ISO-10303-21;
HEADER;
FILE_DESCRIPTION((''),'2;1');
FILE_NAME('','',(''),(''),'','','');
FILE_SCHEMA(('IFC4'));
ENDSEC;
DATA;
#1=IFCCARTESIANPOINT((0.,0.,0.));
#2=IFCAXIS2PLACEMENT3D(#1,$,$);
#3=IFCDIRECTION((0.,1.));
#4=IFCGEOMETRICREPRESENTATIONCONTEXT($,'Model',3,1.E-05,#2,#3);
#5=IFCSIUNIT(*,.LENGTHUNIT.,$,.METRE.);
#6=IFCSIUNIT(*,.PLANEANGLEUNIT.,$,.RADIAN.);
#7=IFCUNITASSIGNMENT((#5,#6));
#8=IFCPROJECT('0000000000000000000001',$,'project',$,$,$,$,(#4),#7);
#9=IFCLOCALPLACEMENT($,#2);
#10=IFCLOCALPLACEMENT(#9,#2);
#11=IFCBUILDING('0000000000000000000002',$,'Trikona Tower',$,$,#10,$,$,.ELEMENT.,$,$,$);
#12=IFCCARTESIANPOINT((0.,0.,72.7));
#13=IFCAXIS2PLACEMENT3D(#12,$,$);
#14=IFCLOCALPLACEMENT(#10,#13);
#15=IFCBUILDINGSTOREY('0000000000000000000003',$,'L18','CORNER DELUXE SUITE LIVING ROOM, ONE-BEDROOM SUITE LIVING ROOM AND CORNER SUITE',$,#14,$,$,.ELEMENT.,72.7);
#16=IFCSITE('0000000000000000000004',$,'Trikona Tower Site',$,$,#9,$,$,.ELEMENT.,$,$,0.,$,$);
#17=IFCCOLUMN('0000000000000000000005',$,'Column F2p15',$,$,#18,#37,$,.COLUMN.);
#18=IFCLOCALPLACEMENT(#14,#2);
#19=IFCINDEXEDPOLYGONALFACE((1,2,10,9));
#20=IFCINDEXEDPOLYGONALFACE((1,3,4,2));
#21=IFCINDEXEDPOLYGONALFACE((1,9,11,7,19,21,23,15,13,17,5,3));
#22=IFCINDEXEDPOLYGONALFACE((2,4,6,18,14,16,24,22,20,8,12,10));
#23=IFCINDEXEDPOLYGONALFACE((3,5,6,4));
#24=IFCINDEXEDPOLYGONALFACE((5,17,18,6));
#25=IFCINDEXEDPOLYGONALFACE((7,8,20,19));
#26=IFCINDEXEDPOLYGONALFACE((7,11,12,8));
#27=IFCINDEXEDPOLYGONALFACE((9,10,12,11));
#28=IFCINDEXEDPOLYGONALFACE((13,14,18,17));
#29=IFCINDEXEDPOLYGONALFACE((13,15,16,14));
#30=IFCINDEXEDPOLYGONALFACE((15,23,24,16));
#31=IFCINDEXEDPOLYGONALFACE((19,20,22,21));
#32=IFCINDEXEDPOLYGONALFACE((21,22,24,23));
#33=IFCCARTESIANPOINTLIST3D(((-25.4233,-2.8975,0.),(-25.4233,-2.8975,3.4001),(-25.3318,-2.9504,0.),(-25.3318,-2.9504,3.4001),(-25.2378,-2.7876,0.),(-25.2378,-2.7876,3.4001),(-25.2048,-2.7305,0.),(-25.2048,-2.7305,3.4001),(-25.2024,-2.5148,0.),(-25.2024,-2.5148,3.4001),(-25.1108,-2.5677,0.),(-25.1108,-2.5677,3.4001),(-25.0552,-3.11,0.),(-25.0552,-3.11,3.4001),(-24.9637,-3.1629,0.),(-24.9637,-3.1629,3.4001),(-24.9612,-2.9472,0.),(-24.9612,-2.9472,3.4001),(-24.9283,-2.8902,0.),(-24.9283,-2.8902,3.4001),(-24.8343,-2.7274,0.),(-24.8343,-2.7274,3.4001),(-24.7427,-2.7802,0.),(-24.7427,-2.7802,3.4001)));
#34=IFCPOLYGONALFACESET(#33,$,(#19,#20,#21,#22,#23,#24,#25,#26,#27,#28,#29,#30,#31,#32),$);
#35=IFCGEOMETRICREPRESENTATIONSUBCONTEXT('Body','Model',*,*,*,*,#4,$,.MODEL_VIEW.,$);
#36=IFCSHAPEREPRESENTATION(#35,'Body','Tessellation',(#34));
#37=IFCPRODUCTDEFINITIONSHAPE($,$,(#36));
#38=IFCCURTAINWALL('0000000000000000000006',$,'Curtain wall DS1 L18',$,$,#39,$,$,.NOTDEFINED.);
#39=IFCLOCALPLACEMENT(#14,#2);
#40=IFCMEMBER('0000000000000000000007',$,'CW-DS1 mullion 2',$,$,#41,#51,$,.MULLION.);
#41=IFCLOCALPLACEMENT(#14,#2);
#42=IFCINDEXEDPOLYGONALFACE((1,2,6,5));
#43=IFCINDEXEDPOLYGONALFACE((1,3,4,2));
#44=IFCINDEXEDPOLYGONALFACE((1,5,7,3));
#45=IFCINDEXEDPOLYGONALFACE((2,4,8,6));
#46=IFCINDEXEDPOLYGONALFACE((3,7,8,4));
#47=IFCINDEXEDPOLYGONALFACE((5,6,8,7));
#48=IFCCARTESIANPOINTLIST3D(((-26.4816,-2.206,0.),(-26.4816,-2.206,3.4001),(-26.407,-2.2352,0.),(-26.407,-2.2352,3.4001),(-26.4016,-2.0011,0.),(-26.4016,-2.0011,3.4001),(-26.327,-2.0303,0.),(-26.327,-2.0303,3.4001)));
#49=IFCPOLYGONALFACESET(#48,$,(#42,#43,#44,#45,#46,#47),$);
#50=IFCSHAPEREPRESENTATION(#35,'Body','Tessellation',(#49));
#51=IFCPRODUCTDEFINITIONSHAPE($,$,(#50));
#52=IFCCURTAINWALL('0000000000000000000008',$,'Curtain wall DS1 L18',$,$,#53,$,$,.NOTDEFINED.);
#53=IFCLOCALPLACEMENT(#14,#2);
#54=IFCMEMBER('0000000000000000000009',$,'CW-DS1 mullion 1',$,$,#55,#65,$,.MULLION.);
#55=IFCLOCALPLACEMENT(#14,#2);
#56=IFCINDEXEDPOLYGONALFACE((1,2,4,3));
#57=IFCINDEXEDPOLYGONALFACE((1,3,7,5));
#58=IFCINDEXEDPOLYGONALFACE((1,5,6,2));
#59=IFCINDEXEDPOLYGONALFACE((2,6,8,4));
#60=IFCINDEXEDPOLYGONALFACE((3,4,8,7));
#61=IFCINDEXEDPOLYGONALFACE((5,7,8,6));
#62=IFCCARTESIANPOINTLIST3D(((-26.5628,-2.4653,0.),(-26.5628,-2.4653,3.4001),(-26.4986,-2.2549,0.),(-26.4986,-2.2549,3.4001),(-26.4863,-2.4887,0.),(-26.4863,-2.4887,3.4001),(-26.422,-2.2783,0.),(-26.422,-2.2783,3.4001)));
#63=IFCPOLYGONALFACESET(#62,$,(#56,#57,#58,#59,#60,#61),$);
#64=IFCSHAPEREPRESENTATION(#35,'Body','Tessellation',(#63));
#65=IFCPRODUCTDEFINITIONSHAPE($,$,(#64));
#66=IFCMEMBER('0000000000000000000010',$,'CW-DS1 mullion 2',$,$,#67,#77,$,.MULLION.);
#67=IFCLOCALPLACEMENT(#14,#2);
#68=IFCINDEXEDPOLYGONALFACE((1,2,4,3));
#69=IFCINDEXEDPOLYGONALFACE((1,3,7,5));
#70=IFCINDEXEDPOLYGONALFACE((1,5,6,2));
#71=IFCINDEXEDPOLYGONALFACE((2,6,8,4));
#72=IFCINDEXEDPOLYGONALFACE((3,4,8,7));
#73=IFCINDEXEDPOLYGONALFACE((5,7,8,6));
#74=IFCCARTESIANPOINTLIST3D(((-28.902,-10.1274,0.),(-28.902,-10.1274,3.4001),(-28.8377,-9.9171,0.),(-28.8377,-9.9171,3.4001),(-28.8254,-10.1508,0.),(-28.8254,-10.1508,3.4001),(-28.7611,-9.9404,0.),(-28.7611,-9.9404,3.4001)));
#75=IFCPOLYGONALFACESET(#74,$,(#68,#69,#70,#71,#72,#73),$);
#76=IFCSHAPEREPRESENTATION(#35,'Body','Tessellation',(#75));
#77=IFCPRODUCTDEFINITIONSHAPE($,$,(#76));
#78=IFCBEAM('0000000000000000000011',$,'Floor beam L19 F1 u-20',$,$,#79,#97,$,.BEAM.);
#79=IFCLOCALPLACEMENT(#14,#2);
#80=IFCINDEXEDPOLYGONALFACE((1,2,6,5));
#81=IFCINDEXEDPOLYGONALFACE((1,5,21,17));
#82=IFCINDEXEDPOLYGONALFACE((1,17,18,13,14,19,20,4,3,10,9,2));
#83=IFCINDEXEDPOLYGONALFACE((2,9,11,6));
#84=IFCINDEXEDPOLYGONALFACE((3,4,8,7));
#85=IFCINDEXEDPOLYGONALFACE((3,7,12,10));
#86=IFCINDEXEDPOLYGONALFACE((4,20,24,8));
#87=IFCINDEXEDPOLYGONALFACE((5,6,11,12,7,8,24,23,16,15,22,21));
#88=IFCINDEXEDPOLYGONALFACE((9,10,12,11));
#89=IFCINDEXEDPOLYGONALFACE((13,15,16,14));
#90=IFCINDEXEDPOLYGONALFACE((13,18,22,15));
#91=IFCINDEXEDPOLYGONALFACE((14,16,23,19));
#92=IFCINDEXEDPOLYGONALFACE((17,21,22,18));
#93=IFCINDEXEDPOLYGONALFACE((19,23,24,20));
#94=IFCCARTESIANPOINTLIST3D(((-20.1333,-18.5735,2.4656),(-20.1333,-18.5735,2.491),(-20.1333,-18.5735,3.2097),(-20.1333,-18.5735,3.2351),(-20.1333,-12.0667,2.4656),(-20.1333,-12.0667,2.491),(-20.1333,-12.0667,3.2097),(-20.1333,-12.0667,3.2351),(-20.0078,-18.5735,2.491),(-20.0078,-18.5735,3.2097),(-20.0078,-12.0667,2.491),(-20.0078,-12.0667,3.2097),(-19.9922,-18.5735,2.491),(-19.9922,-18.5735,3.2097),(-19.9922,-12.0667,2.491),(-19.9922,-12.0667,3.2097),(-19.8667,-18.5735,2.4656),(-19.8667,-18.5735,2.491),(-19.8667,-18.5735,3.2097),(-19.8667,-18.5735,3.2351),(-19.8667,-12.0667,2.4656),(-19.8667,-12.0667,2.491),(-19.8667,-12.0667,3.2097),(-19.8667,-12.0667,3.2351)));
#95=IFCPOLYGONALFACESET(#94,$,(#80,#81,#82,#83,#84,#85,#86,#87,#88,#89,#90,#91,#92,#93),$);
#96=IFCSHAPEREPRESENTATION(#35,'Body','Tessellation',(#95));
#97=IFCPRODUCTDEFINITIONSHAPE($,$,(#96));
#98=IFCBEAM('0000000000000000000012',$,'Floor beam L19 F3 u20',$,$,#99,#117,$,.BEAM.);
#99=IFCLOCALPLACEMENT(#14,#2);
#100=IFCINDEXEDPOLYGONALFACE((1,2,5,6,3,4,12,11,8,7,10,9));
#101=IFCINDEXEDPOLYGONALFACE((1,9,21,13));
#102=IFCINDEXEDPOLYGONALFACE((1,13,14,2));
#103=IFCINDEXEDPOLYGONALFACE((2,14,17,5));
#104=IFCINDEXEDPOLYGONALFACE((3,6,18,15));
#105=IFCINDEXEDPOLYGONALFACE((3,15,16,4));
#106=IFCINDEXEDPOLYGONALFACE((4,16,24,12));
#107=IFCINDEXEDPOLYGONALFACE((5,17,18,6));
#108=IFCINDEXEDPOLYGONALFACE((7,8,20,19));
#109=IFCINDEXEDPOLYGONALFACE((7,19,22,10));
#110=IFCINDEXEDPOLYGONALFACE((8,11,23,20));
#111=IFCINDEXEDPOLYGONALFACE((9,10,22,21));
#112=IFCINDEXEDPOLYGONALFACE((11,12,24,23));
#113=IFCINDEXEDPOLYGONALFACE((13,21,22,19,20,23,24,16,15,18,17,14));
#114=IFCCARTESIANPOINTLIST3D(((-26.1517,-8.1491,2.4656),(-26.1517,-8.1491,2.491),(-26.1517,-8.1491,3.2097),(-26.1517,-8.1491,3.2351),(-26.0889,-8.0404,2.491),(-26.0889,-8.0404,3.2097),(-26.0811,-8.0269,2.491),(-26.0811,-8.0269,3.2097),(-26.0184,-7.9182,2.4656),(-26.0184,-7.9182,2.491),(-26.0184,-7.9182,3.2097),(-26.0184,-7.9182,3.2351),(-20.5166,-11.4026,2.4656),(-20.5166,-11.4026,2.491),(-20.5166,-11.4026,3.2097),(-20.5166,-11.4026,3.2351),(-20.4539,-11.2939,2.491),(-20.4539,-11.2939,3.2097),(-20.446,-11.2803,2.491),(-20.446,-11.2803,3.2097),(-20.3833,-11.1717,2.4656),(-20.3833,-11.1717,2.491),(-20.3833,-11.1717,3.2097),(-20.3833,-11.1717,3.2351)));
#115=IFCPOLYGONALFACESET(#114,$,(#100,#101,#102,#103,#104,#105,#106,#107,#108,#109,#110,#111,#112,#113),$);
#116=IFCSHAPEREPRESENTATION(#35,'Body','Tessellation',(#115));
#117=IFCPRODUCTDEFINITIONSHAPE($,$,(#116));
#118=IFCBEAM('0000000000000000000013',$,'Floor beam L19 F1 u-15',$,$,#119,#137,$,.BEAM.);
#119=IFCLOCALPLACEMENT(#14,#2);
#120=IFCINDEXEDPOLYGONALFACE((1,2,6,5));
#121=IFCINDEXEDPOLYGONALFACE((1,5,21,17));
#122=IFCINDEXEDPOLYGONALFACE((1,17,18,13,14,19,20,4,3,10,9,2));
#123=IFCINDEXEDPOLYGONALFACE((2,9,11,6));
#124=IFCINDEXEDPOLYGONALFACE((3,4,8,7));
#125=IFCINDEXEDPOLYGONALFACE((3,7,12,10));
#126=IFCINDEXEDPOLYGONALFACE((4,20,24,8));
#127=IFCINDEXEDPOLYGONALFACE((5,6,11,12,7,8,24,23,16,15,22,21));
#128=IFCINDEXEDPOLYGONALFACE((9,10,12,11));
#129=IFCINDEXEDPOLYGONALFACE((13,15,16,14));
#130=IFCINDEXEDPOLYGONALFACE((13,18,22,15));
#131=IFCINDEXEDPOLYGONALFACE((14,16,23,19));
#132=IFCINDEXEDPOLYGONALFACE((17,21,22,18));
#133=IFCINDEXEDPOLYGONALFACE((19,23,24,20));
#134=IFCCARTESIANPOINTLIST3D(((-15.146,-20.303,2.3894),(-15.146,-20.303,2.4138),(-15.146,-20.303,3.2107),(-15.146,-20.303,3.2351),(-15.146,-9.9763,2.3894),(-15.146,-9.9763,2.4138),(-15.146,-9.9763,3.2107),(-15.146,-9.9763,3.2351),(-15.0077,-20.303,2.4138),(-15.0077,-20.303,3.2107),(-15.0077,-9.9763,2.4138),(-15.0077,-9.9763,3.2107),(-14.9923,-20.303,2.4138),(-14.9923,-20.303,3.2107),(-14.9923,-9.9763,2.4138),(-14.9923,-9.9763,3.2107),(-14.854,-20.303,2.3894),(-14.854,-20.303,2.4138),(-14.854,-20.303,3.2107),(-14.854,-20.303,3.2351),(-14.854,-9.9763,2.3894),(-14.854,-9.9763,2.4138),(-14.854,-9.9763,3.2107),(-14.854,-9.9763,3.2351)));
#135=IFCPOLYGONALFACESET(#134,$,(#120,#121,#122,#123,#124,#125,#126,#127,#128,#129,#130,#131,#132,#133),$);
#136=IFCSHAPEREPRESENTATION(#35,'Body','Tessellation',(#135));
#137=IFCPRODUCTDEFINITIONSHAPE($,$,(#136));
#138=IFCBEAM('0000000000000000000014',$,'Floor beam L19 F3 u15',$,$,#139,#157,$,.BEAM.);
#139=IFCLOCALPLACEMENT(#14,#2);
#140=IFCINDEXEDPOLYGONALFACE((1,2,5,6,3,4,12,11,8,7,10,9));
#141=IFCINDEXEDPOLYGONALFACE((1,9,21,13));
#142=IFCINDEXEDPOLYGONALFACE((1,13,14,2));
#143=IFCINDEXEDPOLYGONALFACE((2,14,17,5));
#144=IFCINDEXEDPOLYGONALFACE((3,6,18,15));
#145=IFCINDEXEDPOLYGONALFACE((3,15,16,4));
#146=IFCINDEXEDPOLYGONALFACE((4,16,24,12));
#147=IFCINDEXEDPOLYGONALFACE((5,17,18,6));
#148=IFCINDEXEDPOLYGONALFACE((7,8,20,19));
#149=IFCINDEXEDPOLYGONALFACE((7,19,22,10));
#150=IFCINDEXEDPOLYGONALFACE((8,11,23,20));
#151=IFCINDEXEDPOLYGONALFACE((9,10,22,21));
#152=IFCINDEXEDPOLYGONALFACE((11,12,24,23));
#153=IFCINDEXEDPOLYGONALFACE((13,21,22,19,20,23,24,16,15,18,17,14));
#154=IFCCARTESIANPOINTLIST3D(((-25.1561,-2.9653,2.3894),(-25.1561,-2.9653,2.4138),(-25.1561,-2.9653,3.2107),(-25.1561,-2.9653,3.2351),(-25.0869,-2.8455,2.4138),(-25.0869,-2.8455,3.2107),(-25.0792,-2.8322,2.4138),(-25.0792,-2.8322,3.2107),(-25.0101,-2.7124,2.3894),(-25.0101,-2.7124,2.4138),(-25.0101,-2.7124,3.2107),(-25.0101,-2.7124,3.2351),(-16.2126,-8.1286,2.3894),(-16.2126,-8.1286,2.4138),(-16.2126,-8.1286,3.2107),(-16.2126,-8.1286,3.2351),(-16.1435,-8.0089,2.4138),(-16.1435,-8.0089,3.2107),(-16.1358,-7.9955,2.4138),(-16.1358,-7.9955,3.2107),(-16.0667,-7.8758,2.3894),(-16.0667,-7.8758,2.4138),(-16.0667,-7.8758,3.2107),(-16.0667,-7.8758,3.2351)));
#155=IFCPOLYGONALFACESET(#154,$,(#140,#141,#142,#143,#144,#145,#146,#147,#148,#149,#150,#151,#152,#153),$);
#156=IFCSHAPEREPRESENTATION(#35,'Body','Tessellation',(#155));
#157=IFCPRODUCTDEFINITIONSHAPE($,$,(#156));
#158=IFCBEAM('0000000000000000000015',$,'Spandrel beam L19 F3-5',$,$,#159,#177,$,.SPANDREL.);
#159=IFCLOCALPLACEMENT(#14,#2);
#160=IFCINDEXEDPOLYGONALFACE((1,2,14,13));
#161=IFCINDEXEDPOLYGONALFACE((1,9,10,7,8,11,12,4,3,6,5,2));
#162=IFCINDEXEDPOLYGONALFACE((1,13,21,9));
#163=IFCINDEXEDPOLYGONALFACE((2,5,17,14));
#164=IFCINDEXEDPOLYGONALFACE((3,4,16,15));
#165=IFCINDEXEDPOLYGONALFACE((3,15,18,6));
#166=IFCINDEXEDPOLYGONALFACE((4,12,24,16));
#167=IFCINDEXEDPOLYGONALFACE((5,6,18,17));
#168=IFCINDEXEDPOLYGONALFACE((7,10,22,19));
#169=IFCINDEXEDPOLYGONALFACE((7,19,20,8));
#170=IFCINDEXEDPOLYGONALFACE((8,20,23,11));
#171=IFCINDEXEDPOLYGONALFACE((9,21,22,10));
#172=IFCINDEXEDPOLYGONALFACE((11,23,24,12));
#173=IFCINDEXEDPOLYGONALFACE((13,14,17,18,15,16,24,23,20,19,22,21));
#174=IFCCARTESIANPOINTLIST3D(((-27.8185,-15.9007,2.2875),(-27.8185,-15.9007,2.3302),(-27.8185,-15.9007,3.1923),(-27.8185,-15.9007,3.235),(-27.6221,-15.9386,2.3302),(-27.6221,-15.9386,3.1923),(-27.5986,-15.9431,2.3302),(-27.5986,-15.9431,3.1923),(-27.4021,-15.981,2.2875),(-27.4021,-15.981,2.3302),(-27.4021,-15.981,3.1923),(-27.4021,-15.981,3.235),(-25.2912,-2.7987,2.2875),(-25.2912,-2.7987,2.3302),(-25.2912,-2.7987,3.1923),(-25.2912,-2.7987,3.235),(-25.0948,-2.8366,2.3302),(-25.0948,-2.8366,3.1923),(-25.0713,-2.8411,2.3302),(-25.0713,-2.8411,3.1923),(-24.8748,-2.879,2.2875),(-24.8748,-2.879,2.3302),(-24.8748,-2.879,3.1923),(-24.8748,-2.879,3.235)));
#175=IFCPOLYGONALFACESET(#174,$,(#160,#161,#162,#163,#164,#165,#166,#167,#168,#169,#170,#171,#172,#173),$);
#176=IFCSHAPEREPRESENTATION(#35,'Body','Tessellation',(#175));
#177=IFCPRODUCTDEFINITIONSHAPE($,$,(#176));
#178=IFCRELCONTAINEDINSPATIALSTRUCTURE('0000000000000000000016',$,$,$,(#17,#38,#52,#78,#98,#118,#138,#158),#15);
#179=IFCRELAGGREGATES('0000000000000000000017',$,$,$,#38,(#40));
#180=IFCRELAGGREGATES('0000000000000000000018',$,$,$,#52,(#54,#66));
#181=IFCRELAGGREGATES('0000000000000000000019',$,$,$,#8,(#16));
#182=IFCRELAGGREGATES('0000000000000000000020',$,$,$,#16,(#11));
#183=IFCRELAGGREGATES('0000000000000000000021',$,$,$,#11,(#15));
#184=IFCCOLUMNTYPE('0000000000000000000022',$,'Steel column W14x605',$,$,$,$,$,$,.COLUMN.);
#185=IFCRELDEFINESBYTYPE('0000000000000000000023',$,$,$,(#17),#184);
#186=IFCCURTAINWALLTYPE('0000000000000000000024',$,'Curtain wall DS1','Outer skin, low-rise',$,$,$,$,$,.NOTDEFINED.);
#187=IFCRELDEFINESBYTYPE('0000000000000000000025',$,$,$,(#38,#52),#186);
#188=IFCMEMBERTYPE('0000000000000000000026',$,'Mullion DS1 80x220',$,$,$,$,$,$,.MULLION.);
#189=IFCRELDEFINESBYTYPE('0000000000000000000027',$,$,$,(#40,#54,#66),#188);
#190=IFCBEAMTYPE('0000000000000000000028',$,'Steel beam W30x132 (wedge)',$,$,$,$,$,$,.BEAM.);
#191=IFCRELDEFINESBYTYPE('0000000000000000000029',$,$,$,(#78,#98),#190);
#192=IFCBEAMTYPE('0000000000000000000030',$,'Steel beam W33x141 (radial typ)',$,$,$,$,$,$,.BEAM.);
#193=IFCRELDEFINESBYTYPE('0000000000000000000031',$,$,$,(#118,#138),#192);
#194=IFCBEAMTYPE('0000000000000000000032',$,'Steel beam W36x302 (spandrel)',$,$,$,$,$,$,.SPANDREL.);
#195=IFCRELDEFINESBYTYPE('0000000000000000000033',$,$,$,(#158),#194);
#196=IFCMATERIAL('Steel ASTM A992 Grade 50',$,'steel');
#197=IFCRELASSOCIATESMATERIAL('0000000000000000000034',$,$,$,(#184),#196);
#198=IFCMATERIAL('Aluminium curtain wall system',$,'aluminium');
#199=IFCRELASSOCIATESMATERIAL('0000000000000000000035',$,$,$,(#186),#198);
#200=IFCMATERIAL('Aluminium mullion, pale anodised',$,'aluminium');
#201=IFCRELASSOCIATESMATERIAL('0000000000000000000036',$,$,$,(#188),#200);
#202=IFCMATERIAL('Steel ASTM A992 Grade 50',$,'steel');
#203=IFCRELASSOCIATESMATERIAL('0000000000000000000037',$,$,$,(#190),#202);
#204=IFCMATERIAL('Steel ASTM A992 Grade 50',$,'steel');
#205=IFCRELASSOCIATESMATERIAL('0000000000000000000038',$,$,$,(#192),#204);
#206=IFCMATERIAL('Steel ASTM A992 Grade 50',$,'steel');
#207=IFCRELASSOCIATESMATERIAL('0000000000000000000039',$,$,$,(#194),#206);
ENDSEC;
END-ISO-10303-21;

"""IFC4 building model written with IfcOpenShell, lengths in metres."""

from ifc_helpers import new_model, si_unit, direction, frame, origin, origin_2d, place, context, subcontext, project, spatial, rectangle, i_section, extrude, material, material_profile, profile_set, type_object, element, aggregate, save


model = new_model("IFC4")

# Units and contexts
model_context = context("Model", 3, precision=1e-05, world=origin(), true_north=direction((0.0, 1.0)))
body_context = subcontext(model_context, "Body", "Model", "MODEL_VIEW")
ifc_project = project(units=[si_unit("LENGTHUNIT", "METRE"), si_unit("PLANEANGLEUNIT", "RADIAN")], contexts=[model_context])

# Site, building, storey
site_placement = place(None, origin())
site = spatial("IfcSite", under=ifc_project, at=site_placement, Name="Trikona Tower Site", CompositionType="ELEMENT", RefElevation=0.0)
building_placement = place(site_placement, origin())
building = spatial("IfcBuilding", under=site, at=building_placement, Name="Trikona Tower", CompositionType="ELEMENT")
storey_placement = place(building_placement, frame((0.0, 0.0, 72.7)))
storey = spatial("IfcBuildingStorey", under=building, at=storey_placement, Name="L18", Description="CORNER DELUXE SUITE LIVING ROOM, ONE-BEDROOM SUITE LIVING ROOM AND CORNER SUITE", CompositionType="ELEMENT", Elevation=72.7)

# Column
ifc_material_1 = material(Name="Steel ASTM A992 Grade 50", Category="steel")
ifc_material_profile_1 = material_profile(ifc_material_1, i_section(OverallWidth=0.4419, OverallDepth=0.5308, WebThickness=0.0659, FlangeThickness=0.1057, at=origin_2d()), Name="W14X605")
ifc_profile_set_1 = profile_set([ifc_material_profile_1], Name="Steel ASTM A992 Grade 50")
column_type = type_object("IfcColumnType", Name="Steel column W14x605", PredefinedType="COLUMN", material=ifc_profile_set_1)
column_placement = place(storey_placement, frame((-25.083, -2.8389, 0.0), z_axis=(0.0, 0.0, 1.0), x_axis=(-0.5, -0.866025, 0.0)))
element("IfcColumn", 1, at=column_placement, inside=storey, type_object=column_type, Name="Column F2p15", PredefinedType="COLUMN", context=body_context, shape_type="SweptSolid", body=[
    extrude(i_section(OverallWidth=0.4419, OverallDepth=0.5308, WebThickness=0.0659, FlangeThickness=0.1057, at=origin_2d()), origin(), (0.0, 0.0, 1.0), 3.4001),
])

# Curtain wall, member
ifc_material_2 = material(Name="Aluminium curtain wall system", Category="aluminium")
curtain_wall_type = type_object("IfcCurtainWallType", Name="Curtain wall DS1", Description="Outer skin, low-rise", PredefinedType="NOTDEFINED", material=ifc_material_2)
curtain_wall_1_placement = place(storey_placement, origin())
curtain_wall_1 = element("IfcCurtainWall", 2, at=curtain_wall_1_placement, inside=storey, type_object=curtain_wall_type, Name="Curtain wall DS1 L18", PredefinedType="NOTDEFINED")
ifc_material_3 = material(Name="Aluminium mullion, pale anodised", Category="aluminium")
ifc_material_profile_2 = material_profile(ifc_material_3, rectangle(XDim=0.0801, YDim=0.22, at=origin_2d()), Name="MUL-DS1")
ifc_profile_set_2 = profile_set([ifc_material_profile_2], Name="Aluminium mullion, pale anodised")
member_type_1 = type_object("IfcMemberType", Name="Mullion DS1 80x220", PredefinedType="MULLION", material=ifc_profile_set_2)
member_1_placement = place(storey_placement, frame((-26.4043, -2.1182, 0.0), z_axis=(0.0, 0.0, 1.0), x_axis=(0.931396, -0.364008, 0.0)))
member_1 = element("IfcMember", 3, at=member_1_placement, type_object=member_type_1, Name="CW-DS1 mullion 2", PredefinedType="MULLION", context=body_context, shape_type="SweptSolid", body=[
    extrude(rectangle(XDim=0.0801, YDim=0.22, at=origin_2d()), origin(), (0.0, 0.0, 1.0), 3.4001),
])
aggregate(curtain_wall_1, [member_1])

# Curtain wall, members
curtain_wall_2_placement = place(storey_placement, origin())
curtain_wall_2 = element("IfcCurtainWall", 4, at=curtain_wall_2_placement, inside=storey, type_object=curtain_wall_type, Name="Curtain wall DS1 L18", PredefinedType="NOTDEFINED")
member_2_placement = place(storey_placement, frame((-26.4924, -2.3718, 0.0), z_axis=(0.0, 0.0, 1.0), x_axis=(0.956423, -0.291984, 0.0)))
member_2 = element("IfcMember", 5, at=member_2_placement, type_object=member_type_1, Name="CW-DS1 mullion 1", PredefinedType="MULLION", context=body_context, shape_type="SweptSolid", body=[
    extrude(rectangle(XDim=0.0801, YDim=0.22, at=origin_2d()), origin(), (0.0, 0.0, 1.0), 3.4001),
])
member_3_placement = place(storey_placement, frame((-28.8315, -10.0339, 0.0), z_axis=(0.0, 0.0, 1.0), x_axis=(0.956423, -0.291984, 0.0)))
member_3 = element("IfcMember", 6, at=member_3_placement, type_object=member_type_1, Name="CW-DS1 mullion 2", PredefinedType="MULLION", context=body_context, shape_type="SweptSolid", body=[
    extrude(rectangle(XDim=0.0801, YDim=0.22, at=origin_2d()), origin(), (0.0, 0.0, 1.0), 3.4001),
])

# Beams
ifc_material_4 = material(Name="Steel ASTM A992 Grade 50", Category="steel")
ifc_material_profile_3 = material_profile(ifc_material_4, i_section(OverallWidth=0.2666, OverallDepth=0.7695, WebThickness=0.0156, FlangeThickness=0.0254, at=origin_2d()), Name="W30X132")
ifc_profile_set_3 = profile_set([ifc_material_profile_3], Name="Steel ASTM A992 Grade 50")
beam_type_1 = type_object("IfcBeamType", Name="Steel beam W30x132 (wedge)", PredefinedType="BEAM", material=ifc_profile_set_3)
for number, where, z_axis, x_axis, name in (
    (7, (-20.0, -12.0667, 2.8503), (0.0, -1.0, 0.0), (1.0, 0.0, 0.0), "Floor beam L19 F1 u-20"),
    (8, (-20.45, -11.2871, 2.8503), (-0.866023, 0.500005, 0.0), (-0.500005, -0.866023, 0.0), "Floor beam L19 F3 u20"),
):
    element("IfcBeam", number, at=place(storey_placement, frame(where, z_axis=z_axis, x_axis=x_axis)), inside=storey, type_object=beam_type_1, Name=name, PredefinedType="BEAM", context=body_context, shape_type="SweptSolid", body=[
        extrude(i_section(OverallWidth=0.2666, OverallDepth=0.7695, WebThickness=0.0156, FlangeThickness=0.0254, at=origin_2d()), origin(), (0.0, 0.0, 1.0), 6.5068),
    ])
ifc_material_5 = material(Name="Steel ASTM A992 Grade 50", Category="steel")
ifc_material_profile_4 = material_profile(ifc_material_5, i_section(OverallWidth=0.292, OverallDepth=0.8457, WebThickness=0.0154, FlangeThickness=0.0244, at=origin_2d()), Name="W33X141")
ifc_profile_set_4 = profile_set([ifc_material_profile_4], Name="Steel ASTM A992 Grade 50")
beam_type_2 = type_object("IfcBeamType", Name="Steel beam W33x141 (radial typ)", PredefinedType="BEAM", material=ifc_profile_set_4)
beam_1_placement = place(storey_placement, frame((-15.0, -9.9763, 2.8123), z_axis=(0.0, -1.0, 0.0), x_axis=(1.0, 0.0, 0.0)))
element("IfcBeam", 9, at=beam_1_placement, inside=storey, type_object=beam_type_2, Name="Floor beam L19 F1 u-15", PredefinedType="BEAM", context=body_context, shape_type="SweptSolid", body=[
    extrude(i_section(OverallWidth=0.292, OverallDepth=0.8457, WebThickness=0.0154, FlangeThickness=0.0244, at=origin_2d()), origin(), (0.0, 0.0, 1.0), 10.3267),
])
beam_2_placement = place(storey_placement, frame((-16.1396, -8.0022, 2.8123), z_axis=(-0.86603, 0.499991, 0.0), x_axis=(-0.499991, -0.86603, 0.0)))
element("IfcBeam", 10, at=beam_2_placement, inside=storey, type_object=beam_type_2, Name="Floor beam L19 F3 u15", PredefinedType="BEAM", context=body_context, shape_type="SweptSolid", body=[
    extrude(i_section(OverallWidth=0.292, OverallDepth=0.8457, WebThickness=0.0154, FlangeThickness=0.0244, at=origin_2d()), origin(), (0.0, 0.0, 1.0), 10.3269),
])
ifc_material_6 = material(Name="Steel ASTM A992 Grade 50", Category="steel")
ifc_material_profile_5 = material_profile(ifc_material_6, i_section(OverallWidth=0.4241, OverallDepth=0.9475, WebThickness=0.0239, FlangeThickness=0.0427, at=origin_2d()), Name="W36X302")
ifc_profile_set_5 = profile_set([ifc_material_profile_5], Name="Steel ASTM A992 Grade 50")
beam_type_3 = type_object("IfcBeamType", Name="Steel beam W36x302 (spandrel)", PredefinedType="SPANDREL", material=ifc_profile_set_5)
beam_3_placement = place(storey_placement, frame((-25.083, -2.8389, 2.7612), z_axis=(-0.189405, -0.981899, 0.0), x_axis=(0.981899, -0.189405, 0.0)))
element("IfcBeam", 11, at=beam_3_placement, inside=storey, type_object=beam_type_3, Name="Spandrel beam L19 F3-5", PredefinedType="SPANDREL", context=body_context, shape_type="SweptSolid", body=[
    extrude(i_section(OverallWidth=0.4241, OverallDepth=0.9475, WebThickness=0.0239, FlangeThickness=0.0427, at=origin_2d()), origin(), (0.0, 0.0, 1.0), 13.3435),
])

aggregate(curtain_wall_2, [member_2, member_3])

save(model, "model.ifc")
